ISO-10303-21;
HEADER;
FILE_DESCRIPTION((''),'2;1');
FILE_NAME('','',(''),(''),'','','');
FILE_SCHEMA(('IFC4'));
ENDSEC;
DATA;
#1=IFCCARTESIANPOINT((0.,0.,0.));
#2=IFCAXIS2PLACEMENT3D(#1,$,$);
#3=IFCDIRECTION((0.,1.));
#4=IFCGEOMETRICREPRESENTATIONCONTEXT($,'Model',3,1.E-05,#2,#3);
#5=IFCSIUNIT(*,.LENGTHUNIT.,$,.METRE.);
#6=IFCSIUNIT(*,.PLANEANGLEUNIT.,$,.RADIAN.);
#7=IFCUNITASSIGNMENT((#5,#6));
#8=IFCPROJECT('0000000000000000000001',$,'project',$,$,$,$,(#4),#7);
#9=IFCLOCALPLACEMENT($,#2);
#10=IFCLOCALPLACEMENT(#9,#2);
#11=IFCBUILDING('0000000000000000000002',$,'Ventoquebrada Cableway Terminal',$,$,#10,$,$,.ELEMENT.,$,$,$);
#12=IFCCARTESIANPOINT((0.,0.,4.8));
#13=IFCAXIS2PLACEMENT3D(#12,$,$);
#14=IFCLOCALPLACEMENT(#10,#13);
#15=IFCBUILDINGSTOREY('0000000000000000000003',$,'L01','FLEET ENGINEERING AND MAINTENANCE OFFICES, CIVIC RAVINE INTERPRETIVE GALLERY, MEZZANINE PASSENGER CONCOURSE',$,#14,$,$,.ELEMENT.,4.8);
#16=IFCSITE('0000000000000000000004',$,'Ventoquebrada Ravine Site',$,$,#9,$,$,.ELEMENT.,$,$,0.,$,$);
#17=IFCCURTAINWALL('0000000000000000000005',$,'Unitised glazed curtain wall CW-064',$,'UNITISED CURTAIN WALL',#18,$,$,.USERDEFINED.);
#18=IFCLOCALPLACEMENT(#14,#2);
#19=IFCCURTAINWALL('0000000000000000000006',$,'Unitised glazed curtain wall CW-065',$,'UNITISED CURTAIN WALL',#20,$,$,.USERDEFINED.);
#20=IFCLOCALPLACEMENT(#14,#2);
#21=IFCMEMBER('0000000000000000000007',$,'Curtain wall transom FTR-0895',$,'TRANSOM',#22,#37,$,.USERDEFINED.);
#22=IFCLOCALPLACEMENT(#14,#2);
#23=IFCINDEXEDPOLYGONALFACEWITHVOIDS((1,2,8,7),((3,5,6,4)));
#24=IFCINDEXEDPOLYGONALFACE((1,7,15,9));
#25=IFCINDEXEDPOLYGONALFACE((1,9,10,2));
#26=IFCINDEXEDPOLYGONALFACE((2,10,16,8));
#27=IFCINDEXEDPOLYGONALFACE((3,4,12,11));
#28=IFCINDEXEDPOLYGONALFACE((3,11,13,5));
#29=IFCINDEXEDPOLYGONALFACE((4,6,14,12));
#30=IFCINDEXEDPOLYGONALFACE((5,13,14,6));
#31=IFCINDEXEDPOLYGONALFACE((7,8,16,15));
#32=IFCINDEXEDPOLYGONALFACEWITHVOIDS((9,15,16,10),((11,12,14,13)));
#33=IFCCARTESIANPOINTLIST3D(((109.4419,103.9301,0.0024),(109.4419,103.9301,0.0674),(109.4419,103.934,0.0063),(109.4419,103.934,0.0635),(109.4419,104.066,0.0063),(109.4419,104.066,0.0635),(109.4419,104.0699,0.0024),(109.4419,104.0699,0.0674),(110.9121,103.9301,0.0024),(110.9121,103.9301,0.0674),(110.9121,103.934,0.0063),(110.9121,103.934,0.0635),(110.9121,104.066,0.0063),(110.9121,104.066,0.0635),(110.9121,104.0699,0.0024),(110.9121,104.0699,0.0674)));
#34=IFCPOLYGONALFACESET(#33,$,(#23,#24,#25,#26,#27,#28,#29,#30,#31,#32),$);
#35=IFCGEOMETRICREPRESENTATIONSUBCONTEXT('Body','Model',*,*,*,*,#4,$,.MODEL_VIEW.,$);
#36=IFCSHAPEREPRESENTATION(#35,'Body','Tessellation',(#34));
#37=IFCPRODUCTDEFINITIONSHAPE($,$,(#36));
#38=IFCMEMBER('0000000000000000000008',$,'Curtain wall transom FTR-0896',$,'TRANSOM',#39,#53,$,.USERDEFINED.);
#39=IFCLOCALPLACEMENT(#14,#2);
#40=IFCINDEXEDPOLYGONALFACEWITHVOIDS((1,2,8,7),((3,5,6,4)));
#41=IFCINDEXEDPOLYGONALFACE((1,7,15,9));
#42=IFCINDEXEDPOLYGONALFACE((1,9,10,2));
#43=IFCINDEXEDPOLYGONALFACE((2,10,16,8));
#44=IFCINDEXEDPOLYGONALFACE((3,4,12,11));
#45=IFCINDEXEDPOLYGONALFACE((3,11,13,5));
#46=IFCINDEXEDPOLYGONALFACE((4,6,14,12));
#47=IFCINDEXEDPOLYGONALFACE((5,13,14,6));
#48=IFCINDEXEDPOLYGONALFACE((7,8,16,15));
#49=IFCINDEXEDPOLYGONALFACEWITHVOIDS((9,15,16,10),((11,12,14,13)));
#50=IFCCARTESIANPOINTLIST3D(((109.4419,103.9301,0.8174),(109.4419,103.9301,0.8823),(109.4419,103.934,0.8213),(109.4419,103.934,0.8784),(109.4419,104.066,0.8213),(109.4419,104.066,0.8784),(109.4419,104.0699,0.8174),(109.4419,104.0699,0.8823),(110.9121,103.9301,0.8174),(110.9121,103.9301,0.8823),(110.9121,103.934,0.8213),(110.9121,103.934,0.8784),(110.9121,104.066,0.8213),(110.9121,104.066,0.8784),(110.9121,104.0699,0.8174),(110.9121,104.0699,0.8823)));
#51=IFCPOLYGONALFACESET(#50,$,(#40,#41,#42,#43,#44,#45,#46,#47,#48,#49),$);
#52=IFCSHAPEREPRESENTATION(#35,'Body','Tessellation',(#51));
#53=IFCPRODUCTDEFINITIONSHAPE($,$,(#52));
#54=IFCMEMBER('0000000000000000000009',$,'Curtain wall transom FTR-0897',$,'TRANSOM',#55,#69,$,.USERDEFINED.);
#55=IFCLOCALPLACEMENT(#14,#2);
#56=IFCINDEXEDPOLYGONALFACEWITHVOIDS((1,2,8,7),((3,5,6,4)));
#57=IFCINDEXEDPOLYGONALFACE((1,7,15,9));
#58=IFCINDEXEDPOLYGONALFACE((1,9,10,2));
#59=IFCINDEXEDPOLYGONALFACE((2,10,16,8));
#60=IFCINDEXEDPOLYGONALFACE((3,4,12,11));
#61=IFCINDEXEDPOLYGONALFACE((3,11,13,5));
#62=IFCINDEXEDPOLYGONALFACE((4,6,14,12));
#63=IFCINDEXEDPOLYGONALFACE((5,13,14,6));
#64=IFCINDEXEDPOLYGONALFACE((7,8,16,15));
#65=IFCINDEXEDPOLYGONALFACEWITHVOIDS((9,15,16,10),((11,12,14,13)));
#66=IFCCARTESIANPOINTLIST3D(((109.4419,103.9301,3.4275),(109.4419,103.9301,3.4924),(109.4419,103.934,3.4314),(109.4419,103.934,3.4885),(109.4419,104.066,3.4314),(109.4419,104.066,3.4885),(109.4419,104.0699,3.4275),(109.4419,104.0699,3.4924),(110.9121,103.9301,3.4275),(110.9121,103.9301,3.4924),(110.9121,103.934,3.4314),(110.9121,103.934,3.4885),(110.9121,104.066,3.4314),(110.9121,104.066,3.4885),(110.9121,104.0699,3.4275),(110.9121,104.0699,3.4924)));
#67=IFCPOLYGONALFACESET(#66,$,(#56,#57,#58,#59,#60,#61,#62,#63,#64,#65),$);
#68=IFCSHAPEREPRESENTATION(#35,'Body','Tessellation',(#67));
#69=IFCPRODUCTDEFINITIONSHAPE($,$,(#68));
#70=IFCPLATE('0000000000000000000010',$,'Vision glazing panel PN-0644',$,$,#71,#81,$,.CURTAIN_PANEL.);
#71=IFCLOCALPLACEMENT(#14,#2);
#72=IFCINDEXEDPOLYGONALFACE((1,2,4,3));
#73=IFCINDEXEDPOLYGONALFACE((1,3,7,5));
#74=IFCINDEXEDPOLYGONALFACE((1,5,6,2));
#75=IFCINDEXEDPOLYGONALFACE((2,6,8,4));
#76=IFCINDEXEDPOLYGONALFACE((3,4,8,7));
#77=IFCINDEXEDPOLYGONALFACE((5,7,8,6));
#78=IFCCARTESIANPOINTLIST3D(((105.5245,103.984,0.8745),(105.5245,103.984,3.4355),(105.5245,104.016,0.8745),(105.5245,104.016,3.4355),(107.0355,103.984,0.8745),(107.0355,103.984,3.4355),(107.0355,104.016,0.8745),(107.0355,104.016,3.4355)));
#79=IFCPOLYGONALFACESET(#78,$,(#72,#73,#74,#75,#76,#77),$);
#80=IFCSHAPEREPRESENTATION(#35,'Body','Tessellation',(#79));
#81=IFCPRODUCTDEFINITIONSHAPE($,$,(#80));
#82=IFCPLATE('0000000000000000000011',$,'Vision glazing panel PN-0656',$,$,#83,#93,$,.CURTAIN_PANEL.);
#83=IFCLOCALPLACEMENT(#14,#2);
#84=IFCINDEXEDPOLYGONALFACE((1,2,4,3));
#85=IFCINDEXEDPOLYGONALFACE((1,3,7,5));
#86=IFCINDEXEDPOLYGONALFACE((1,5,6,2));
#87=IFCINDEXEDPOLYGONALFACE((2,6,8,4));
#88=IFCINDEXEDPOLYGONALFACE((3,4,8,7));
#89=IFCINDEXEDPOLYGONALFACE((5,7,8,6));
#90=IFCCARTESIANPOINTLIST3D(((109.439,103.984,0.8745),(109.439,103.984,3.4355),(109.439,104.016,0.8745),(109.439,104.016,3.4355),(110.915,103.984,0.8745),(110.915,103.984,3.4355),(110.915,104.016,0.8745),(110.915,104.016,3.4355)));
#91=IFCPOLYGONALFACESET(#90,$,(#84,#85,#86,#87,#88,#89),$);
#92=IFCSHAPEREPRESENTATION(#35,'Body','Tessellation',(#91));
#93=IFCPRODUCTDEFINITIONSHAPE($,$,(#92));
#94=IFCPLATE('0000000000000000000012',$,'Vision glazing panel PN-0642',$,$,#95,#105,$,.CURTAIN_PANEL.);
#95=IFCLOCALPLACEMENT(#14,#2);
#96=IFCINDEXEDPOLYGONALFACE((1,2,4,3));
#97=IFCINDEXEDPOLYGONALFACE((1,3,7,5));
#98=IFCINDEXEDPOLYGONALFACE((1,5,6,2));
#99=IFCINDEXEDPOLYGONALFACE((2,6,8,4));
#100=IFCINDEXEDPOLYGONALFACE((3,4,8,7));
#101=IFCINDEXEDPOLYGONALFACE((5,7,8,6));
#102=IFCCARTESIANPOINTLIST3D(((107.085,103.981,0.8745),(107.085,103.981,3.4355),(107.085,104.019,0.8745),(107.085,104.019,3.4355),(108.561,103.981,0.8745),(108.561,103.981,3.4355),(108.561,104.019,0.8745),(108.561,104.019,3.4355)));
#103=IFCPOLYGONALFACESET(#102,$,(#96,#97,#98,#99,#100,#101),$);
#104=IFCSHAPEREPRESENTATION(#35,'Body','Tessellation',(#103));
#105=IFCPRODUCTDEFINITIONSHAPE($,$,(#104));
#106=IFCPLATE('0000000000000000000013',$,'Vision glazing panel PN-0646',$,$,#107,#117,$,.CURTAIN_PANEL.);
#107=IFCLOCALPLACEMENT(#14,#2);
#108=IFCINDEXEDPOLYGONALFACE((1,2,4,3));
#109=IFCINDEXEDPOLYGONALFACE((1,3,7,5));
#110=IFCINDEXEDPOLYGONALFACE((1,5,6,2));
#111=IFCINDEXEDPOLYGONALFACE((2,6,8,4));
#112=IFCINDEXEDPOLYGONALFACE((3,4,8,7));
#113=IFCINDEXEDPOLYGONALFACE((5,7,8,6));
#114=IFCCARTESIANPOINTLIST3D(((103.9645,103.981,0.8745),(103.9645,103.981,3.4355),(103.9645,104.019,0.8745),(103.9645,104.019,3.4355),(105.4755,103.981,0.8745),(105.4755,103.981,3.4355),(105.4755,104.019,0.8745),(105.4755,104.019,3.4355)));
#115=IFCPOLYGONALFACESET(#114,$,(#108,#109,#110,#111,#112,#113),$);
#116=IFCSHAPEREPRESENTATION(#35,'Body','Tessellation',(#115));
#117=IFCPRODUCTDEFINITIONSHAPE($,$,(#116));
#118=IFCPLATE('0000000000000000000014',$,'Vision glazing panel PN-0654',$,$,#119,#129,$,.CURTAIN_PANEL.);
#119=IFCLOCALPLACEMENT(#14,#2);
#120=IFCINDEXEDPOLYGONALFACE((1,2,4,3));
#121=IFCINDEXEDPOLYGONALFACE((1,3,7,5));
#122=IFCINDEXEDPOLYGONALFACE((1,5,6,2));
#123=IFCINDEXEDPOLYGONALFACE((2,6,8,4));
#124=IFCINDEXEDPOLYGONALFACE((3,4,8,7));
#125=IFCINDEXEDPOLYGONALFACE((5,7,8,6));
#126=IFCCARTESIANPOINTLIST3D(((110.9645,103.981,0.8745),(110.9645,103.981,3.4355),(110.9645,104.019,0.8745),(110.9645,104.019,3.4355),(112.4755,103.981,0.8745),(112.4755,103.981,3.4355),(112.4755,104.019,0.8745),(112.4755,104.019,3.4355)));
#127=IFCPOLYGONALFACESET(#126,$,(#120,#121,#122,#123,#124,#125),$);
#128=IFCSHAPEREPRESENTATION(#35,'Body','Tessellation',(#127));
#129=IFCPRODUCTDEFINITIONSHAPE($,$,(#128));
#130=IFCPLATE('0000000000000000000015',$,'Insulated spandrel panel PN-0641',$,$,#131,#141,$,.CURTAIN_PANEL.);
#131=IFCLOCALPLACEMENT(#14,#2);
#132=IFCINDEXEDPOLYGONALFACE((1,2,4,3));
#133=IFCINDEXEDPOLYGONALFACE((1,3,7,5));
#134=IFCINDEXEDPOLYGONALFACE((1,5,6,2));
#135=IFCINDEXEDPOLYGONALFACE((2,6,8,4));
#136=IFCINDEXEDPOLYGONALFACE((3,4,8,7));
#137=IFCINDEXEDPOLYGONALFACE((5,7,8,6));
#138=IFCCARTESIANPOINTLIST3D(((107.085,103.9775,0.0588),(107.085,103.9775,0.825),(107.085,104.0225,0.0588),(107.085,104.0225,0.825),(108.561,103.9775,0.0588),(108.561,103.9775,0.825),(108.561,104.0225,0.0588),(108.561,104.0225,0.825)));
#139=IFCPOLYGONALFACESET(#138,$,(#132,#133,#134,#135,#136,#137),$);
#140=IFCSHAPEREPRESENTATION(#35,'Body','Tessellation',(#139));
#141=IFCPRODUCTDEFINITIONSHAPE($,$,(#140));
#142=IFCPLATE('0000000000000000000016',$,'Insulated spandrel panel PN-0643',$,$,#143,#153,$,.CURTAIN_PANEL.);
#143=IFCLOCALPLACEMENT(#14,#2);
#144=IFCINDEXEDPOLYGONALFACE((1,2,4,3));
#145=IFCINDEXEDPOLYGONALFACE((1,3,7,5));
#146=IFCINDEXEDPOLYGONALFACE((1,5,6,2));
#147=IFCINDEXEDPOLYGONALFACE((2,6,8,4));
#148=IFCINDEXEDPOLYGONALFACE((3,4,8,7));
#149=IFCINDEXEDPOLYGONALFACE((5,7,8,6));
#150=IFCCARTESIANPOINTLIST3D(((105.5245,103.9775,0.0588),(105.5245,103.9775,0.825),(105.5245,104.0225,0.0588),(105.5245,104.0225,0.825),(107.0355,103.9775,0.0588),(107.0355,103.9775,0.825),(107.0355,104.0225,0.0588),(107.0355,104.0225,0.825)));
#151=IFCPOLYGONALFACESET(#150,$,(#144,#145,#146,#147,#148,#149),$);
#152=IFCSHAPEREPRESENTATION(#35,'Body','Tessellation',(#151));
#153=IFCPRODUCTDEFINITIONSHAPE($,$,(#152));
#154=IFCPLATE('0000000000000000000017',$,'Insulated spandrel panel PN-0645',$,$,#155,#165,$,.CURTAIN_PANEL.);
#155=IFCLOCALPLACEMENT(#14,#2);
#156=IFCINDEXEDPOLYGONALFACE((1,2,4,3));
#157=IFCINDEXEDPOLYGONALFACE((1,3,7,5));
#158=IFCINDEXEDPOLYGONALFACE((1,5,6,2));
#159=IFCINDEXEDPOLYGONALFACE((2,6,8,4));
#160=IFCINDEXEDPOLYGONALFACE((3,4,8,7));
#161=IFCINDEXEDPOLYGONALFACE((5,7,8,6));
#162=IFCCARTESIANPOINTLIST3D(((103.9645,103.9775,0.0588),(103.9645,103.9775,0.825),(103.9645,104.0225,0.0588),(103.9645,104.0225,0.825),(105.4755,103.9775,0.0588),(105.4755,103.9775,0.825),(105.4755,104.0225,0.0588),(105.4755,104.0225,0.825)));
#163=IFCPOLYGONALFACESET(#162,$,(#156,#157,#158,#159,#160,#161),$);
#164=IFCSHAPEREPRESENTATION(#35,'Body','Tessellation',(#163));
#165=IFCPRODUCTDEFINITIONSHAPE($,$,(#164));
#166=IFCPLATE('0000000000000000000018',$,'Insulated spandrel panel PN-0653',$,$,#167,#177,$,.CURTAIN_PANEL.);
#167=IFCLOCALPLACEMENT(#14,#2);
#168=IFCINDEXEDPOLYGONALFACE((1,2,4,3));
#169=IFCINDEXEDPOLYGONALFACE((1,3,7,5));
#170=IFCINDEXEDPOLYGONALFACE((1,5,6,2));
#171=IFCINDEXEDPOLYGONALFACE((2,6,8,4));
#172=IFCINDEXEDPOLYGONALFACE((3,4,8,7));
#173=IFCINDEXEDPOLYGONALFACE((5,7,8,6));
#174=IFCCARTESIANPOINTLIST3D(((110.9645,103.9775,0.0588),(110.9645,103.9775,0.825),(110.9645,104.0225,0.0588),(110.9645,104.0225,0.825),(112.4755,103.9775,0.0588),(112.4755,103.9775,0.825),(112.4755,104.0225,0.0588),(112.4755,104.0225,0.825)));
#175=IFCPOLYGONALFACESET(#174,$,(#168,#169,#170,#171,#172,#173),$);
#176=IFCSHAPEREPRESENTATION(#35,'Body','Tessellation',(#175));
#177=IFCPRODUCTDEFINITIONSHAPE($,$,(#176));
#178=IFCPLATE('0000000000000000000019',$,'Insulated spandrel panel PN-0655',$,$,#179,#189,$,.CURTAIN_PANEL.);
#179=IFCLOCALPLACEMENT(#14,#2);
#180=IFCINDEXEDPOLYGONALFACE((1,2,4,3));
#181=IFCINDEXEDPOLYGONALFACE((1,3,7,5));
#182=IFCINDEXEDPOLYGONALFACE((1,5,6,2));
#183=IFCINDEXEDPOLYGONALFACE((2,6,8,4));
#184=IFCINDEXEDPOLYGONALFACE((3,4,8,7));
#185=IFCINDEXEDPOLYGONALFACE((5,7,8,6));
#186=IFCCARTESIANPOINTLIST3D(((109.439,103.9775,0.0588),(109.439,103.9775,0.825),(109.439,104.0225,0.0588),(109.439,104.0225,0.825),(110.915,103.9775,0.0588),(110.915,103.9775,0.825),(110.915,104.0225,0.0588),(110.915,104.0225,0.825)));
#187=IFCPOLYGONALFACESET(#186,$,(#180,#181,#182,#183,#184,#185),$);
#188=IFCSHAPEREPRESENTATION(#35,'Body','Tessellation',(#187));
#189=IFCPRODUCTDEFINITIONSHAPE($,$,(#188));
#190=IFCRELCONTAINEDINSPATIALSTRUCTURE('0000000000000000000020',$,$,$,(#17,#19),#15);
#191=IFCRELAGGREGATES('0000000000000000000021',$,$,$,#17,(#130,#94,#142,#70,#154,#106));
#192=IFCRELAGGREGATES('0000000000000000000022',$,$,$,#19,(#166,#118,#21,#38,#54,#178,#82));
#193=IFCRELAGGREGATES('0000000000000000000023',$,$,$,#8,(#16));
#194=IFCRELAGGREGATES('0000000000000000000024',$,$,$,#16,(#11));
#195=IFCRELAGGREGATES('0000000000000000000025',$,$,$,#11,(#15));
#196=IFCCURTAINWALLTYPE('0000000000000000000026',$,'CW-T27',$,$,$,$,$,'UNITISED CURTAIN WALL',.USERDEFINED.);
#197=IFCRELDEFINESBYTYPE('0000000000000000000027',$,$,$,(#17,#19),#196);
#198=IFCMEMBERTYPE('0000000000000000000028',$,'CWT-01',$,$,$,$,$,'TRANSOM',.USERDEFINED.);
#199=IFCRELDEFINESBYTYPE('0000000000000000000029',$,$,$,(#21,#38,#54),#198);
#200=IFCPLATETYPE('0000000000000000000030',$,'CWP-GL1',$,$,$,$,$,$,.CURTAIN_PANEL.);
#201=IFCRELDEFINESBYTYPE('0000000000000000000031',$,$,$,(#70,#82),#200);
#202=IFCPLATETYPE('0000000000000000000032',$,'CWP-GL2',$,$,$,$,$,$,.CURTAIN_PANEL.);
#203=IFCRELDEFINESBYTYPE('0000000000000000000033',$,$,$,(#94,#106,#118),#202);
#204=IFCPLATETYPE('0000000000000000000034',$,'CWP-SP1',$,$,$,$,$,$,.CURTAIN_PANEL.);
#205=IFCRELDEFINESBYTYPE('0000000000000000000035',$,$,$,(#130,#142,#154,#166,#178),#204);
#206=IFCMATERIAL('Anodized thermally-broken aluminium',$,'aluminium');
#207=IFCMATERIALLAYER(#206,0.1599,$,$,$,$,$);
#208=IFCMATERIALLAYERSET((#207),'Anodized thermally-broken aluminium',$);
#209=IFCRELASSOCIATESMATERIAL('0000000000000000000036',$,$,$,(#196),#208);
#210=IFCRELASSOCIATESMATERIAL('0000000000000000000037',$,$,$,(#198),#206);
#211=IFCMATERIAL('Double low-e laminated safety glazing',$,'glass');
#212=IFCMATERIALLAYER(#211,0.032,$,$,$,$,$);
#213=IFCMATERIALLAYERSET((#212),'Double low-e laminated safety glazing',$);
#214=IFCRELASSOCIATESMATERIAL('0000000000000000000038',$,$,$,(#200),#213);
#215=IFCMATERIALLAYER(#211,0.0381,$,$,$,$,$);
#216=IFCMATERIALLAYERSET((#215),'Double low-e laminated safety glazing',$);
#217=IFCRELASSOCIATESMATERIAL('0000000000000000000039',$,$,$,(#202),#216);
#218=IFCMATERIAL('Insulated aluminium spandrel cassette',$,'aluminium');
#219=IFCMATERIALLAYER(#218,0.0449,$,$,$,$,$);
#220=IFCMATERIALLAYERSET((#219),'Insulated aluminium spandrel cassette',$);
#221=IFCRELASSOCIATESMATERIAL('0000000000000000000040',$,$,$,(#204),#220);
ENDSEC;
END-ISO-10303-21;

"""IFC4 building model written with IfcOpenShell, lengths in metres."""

from ifc_helpers import new_model, si_unit, direction, frame, origin, origin_2d, place, context, subcontext, project, spatial, rectangle, hollow_rectangle, extrude, material, layer, layer_set, material_profile, profile_set, type_object, element, aggregate, save


model = new_model("IFC4")

# Units and contexts
model_context = context("Model", 3, precision=1e-05, world=origin(), true_north=direction((0.0, 1.0)))
body_context = subcontext(model_context, "Body", "Model", "MODEL_VIEW")
ifc_project = project(units=[si_unit("LENGTHUNIT", "METRE"), si_unit("PLANEANGLEUNIT", "RADIAN")], contexts=[model_context])

# Site, building, storey
site_placement = place(None, origin())
site = spatial("IfcSite", under=ifc_project, at=site_placement, Name="Ventoquebrada Ravine Site", CompositionType="ELEMENT", RefElevation=0.0)
building_placement = place(site_placement, origin())
building = spatial("IfcBuilding", under=site, at=building_placement, Name="Ventoquebrada Cableway Terminal", CompositionType="ELEMENT")
storey_placement = place(building_placement, frame((0.0, 0.0, 4.8)))
storey = spatial("IfcBuildingStorey", under=building, at=storey_placement, Name="L01", Description="FLEET ENGINEERING AND MAINTENANCE OFFICES, CIVIC RAVINE INTERPRETIVE GALLERY, MEZZANINE PASSENGER CONCOURSE", CompositionType="ELEMENT", Elevation=4.8)

# Curtain walls
ifc_material_1 = material(Name="Anodized thermally-broken aluminium", Category="aluminium")
ifc_layer_1 = layer(ifc_material_1, 0.1599)
ifc_layer_set_1 = layer_set([ifc_layer_1], Name="Anodized thermally-broken aluminium")
curtain_wall_type = type_object("IfcCurtainWallType", Name="CW-T27", ElementType="UNITISED CURTAIN WALL", PredefinedType="USERDEFINED", material=ifc_layer_set_1)
curtain_wall_1_placement = place(storey_placement, origin())
curtain_wall_1 = element("IfcCurtainWall", 1, at=curtain_wall_1_placement, inside=storey, type_object=curtain_wall_type, Name="Unitised glazed curtain wall CW-064", ObjectType="UNITISED CURTAIN WALL", PredefinedType="USERDEFINED")
curtain_wall_2_placement = place(storey_placement, origin())
curtain_wall_2 = element("IfcCurtainWall", 2, at=curtain_wall_2_placement, inside=storey, type_object=curtain_wall_type, Name="Unitised glazed curtain wall CW-065", ObjectType="UNITISED CURTAIN WALL", PredefinedType="USERDEFINED")

# Members
ifc_material_profile_1 = material_profile(ifc_material_1, hollow_rectangle(XDim=0.0649, YDim=0.1399, WallThickness=0.0039, at=origin_2d()), Name="CW-TRN-65X140")
ifc_profile_set_1 = profile_set([ifc_material_profile_1], Name="Anodized thermally-broken aluminium")
member_type_1 = type_object("IfcMemberType", Name="CWT-01", ElementType="TRANSOM", PredefinedType="USERDEFINED", material=ifc_profile_set_1)
member_1_placement = place(storey_placement, frame((110.9121, 104.0, 0.0349), z_axis=(-1.0, 0.0, 0.0), x_axis=(0.0, 0.0, 1.0)))
member_1 = element("IfcMember", 3, at=member_1_placement, type_object=member_type_1, Name="Curtain wall transom FTR-0895", ObjectType="TRANSOM", PredefinedType="USERDEFINED", context=body_context, shape_type="SweptSolid", body=[
    extrude(hollow_rectangle(XDim=0.0649, YDim=0.1399, WallThickness=0.0039, at=origin_2d()), origin(), (0.0, 0.0, 1.0), 1.4702),
])
member_2_placement = place(storey_placement, frame((110.9121, 104.0, 0.8499), z_axis=(-1.0, 0.0, 0.0), x_axis=(0.0, 0.0, 1.0)))
member_2 = element("IfcMember", 4, at=member_2_placement, type_object=member_type_1, Name="Curtain wall transom FTR-0896", ObjectType="TRANSOM", PredefinedType="USERDEFINED", context=body_context, shape_type="SweptSolid", body=[
    extrude(hollow_rectangle(XDim=0.0649, YDim=0.1399, WallThickness=0.0039, at=origin_2d()), origin(), (0.0, 0.0, 1.0), 1.4702),
])
member_3_placement = place(storey_placement, frame((110.9121, 104.0, 3.46), z_axis=(-1.0, 0.0, 0.0), x_axis=(0.0, 0.0, 1.0)))
member_3 = element("IfcMember", 5, at=member_3_placement, type_object=member_type_1, Name="Curtain wall transom FTR-0897", ObjectType="TRANSOM", PredefinedType="USERDEFINED", context=body_context, shape_type="SweptSolid", body=[
    extrude(hollow_rectangle(XDim=0.0649, YDim=0.1399, WallThickness=0.0039, at=origin_2d()), origin(), (0.0, 0.0, 1.0), 1.4702),
])

# Plates
ifc_material_2 = material(Name="Double low-e laminated safety glazing", Category="glass")
ifc_layer_2 = layer(ifc_material_2, 0.032)
ifc_layer_set_2 = layer_set([ifc_layer_2], Name="Double low-e laminated safety glazing")
plate_type_1 = type_object("IfcPlateType", Name="CWP-GL1", PredefinedType="CURTAIN_PANEL", material=ifc_layer_set_2)
plate_1_placement = place(storey_placement, frame((106.28, 104.0, 0.8745), z_axis=(0.0, 0.0, 1.0), x_axis=(-1.0, 0.0, 0.0)))
plate_1 = element("IfcPlate", 6, at=plate_1_placement, type_object=plate_type_1, Name="Vision glazing panel PN-0644", PredefinedType="CURTAIN_PANEL", context=body_context, shape_type="SweptSolid", body=[
    extrude(rectangle(XDim=1.511, YDim=0.032, at=origin_2d()), origin(), (0.0, 0.0, 1.0), 2.561),
])
plate_2_placement = place(storey_placement, frame((110.177, 104.0, 0.8745), z_axis=(0.0, 0.0, 1.0), x_axis=(-1.0, 0.0, 0.0)))
plate_2 = element("IfcPlate", 7, at=plate_2_placement, type_object=plate_type_1, Name="Vision glazing panel PN-0656", PredefinedType="CURTAIN_PANEL", context=body_context, shape_type="SweptSolid", body=[
    extrude(rectangle(XDim=1.4761, YDim=0.032, at=origin_2d()), origin(), (0.0, 0.0, 1.0), 2.561),
])
ifc_layer_3 = layer(ifc_material_2, 0.0381)
ifc_layer_set_3 = layer_set([ifc_layer_3], Name="Double low-e laminated safety glazing")
plate_type_2 = type_object("IfcPlateType", Name="CWP-GL2", PredefinedType="CURTAIN_PANEL", material=ifc_layer_set_3)
plate_3_placement = place(storey_placement, frame((107.823, 104.0, 0.8745), z_axis=(0.0, 0.0, 1.0), x_axis=(-1.0, 0.0, 0.0)))
plate_3 = element("IfcPlate", 8, at=plate_3_placement, type_object=plate_type_2, Name="Vision glazing panel PN-0642", PredefinedType="CURTAIN_PANEL", context=body_context, shape_type="SweptSolid", body=[
    extrude(rectangle(XDim=1.4761, YDim=0.0381, at=origin_2d()), origin(), (0.0, 0.0, 1.0), 2.561),
])
plate_4_placement = place(storey_placement, frame((104.72, 104.0, 0.8745), z_axis=(0.0, 0.0, 1.0), x_axis=(-1.0, 0.0, 0.0)))
plate_4 = element("IfcPlate", 9, at=plate_4_placement, type_object=plate_type_2, Name="Vision glazing panel PN-0646", PredefinedType="CURTAIN_PANEL", context=body_context, shape_type="SweptSolid", body=[
    extrude(rectangle(XDim=1.511, YDim=0.0381, at=origin_2d()), origin(), (0.0, 0.0, 1.0), 2.561),
])
plate_5_placement = place(storey_placement, frame((111.72, 104.0, 0.8745), z_axis=(0.0, 0.0, 1.0), x_axis=(-1.0, 0.0, 0.0)))
plate_5 = element("IfcPlate", 10, at=plate_5_placement, type_object=plate_type_2, Name="Vision glazing panel PN-0654", PredefinedType="CURTAIN_PANEL", context=body_context, shape_type="SweptSolid", body=[
    extrude(rectangle(XDim=1.511, YDim=0.0381, at=origin_2d()), origin(), (0.0, 0.0, 1.0), 2.561),
])
ifc_material_3 = material(Name="Insulated aluminium spandrel cassette", Category="aluminium")
ifc_layer_4 = layer(ifc_material_3, 0.0449)
ifc_layer_set_4 = layer_set([ifc_layer_4], Name="Insulated aluminium spandrel cassette")
plate_type_3 = type_object("IfcPlateType", Name="CWP-SP1", PredefinedType="CURTAIN_PANEL", material=ifc_layer_set_4)
plate_6_placement = place(storey_placement, frame((107.823, 104.0, 0.0588), z_axis=(0.0, 0.0, 1.0), x_axis=(-1.0, 0.0, 0.0)))
plate_6 = element("IfcPlate", 11, at=plate_6_placement, type_object=plate_type_3, Name="Insulated spandrel panel PN-0641", PredefinedType="CURTAIN_PANEL", context=body_context, shape_type="SweptSolid", body=[
    extrude(rectangle(XDim=1.4761, YDim=0.0449, at=origin_2d()), origin(), (0.0, 0.0, 1.0), 0.7661),
])
plate_7_placement = place(storey_placement, frame((106.28, 104.0, 0.0588), z_axis=(0.0, 0.0, 1.0), x_axis=(-1.0, 0.0, 0.0)))
plate_7 = element("IfcPlate", 12, at=plate_7_placement, type_object=plate_type_3, Name="Insulated spandrel panel PN-0643", PredefinedType="CURTAIN_PANEL", context=body_context, shape_type="SweptSolid", body=[
    extrude(rectangle(XDim=1.511, YDim=0.0449, at=origin_2d()), origin(), (0.0, 0.0, 1.0), 0.7661),
])
plate_8_placement = place(storey_placement, frame((104.72, 104.0, 0.0588), z_axis=(0.0, 0.0, 1.0), x_axis=(-1.0, 0.0, 0.0)))
plate_8 = element("IfcPlate", 13, at=plate_8_placement, type_object=plate_type_3, Name="Insulated spandrel panel PN-0645", PredefinedType="CURTAIN_PANEL", context=body_context, shape_type="SweptSolid", body=[
    extrude(rectangle(XDim=1.511, YDim=0.0449, at=origin_2d()), origin(), (0.0, 0.0, 1.0), 0.7661),
])
aggregate(curtain_wall_1, [plate_6, plate_3, plate_7, plate_1, plate_8, plate_4])
plate_9_placement = place(storey_placement, frame((111.72, 104.0, 0.0588), z_axis=(0.0, 0.0, 1.0), x_axis=(-1.0, 0.0, 0.0)))
plate_9 = element("IfcPlate", 14, at=plate_9_placement, type_object=plate_type_3, Name="Insulated spandrel panel PN-0653", PredefinedType="CURTAIN_PANEL", context=body_context, shape_type="SweptSolid", body=[
    extrude(rectangle(XDim=1.511, YDim=0.0449, at=origin_2d()), origin(), (0.0, 0.0, 1.0), 0.7661),
])
plate_10_placement = place(storey_placement, frame((110.177, 104.0, 0.0588), z_axis=(0.0, 0.0, 1.0), x_axis=(-1.0, 0.0, 0.0)))
plate_10 = element("IfcPlate", 15, at=plate_10_placement, type_object=plate_type_3, Name="Insulated spandrel panel PN-0655", PredefinedType="CURTAIN_PANEL", context=body_context, shape_type="SweptSolid", body=[
    extrude(rectangle(XDim=1.4761, YDim=0.0449, at=origin_2d()), origin(), (0.0, 0.0, 1.0), 0.7661),
])
aggregate(curtain_wall_2, [plate_9, plate_5, member_1, member_2, member_3, plate_10, plate_2])

save(model, "model.ifc")
